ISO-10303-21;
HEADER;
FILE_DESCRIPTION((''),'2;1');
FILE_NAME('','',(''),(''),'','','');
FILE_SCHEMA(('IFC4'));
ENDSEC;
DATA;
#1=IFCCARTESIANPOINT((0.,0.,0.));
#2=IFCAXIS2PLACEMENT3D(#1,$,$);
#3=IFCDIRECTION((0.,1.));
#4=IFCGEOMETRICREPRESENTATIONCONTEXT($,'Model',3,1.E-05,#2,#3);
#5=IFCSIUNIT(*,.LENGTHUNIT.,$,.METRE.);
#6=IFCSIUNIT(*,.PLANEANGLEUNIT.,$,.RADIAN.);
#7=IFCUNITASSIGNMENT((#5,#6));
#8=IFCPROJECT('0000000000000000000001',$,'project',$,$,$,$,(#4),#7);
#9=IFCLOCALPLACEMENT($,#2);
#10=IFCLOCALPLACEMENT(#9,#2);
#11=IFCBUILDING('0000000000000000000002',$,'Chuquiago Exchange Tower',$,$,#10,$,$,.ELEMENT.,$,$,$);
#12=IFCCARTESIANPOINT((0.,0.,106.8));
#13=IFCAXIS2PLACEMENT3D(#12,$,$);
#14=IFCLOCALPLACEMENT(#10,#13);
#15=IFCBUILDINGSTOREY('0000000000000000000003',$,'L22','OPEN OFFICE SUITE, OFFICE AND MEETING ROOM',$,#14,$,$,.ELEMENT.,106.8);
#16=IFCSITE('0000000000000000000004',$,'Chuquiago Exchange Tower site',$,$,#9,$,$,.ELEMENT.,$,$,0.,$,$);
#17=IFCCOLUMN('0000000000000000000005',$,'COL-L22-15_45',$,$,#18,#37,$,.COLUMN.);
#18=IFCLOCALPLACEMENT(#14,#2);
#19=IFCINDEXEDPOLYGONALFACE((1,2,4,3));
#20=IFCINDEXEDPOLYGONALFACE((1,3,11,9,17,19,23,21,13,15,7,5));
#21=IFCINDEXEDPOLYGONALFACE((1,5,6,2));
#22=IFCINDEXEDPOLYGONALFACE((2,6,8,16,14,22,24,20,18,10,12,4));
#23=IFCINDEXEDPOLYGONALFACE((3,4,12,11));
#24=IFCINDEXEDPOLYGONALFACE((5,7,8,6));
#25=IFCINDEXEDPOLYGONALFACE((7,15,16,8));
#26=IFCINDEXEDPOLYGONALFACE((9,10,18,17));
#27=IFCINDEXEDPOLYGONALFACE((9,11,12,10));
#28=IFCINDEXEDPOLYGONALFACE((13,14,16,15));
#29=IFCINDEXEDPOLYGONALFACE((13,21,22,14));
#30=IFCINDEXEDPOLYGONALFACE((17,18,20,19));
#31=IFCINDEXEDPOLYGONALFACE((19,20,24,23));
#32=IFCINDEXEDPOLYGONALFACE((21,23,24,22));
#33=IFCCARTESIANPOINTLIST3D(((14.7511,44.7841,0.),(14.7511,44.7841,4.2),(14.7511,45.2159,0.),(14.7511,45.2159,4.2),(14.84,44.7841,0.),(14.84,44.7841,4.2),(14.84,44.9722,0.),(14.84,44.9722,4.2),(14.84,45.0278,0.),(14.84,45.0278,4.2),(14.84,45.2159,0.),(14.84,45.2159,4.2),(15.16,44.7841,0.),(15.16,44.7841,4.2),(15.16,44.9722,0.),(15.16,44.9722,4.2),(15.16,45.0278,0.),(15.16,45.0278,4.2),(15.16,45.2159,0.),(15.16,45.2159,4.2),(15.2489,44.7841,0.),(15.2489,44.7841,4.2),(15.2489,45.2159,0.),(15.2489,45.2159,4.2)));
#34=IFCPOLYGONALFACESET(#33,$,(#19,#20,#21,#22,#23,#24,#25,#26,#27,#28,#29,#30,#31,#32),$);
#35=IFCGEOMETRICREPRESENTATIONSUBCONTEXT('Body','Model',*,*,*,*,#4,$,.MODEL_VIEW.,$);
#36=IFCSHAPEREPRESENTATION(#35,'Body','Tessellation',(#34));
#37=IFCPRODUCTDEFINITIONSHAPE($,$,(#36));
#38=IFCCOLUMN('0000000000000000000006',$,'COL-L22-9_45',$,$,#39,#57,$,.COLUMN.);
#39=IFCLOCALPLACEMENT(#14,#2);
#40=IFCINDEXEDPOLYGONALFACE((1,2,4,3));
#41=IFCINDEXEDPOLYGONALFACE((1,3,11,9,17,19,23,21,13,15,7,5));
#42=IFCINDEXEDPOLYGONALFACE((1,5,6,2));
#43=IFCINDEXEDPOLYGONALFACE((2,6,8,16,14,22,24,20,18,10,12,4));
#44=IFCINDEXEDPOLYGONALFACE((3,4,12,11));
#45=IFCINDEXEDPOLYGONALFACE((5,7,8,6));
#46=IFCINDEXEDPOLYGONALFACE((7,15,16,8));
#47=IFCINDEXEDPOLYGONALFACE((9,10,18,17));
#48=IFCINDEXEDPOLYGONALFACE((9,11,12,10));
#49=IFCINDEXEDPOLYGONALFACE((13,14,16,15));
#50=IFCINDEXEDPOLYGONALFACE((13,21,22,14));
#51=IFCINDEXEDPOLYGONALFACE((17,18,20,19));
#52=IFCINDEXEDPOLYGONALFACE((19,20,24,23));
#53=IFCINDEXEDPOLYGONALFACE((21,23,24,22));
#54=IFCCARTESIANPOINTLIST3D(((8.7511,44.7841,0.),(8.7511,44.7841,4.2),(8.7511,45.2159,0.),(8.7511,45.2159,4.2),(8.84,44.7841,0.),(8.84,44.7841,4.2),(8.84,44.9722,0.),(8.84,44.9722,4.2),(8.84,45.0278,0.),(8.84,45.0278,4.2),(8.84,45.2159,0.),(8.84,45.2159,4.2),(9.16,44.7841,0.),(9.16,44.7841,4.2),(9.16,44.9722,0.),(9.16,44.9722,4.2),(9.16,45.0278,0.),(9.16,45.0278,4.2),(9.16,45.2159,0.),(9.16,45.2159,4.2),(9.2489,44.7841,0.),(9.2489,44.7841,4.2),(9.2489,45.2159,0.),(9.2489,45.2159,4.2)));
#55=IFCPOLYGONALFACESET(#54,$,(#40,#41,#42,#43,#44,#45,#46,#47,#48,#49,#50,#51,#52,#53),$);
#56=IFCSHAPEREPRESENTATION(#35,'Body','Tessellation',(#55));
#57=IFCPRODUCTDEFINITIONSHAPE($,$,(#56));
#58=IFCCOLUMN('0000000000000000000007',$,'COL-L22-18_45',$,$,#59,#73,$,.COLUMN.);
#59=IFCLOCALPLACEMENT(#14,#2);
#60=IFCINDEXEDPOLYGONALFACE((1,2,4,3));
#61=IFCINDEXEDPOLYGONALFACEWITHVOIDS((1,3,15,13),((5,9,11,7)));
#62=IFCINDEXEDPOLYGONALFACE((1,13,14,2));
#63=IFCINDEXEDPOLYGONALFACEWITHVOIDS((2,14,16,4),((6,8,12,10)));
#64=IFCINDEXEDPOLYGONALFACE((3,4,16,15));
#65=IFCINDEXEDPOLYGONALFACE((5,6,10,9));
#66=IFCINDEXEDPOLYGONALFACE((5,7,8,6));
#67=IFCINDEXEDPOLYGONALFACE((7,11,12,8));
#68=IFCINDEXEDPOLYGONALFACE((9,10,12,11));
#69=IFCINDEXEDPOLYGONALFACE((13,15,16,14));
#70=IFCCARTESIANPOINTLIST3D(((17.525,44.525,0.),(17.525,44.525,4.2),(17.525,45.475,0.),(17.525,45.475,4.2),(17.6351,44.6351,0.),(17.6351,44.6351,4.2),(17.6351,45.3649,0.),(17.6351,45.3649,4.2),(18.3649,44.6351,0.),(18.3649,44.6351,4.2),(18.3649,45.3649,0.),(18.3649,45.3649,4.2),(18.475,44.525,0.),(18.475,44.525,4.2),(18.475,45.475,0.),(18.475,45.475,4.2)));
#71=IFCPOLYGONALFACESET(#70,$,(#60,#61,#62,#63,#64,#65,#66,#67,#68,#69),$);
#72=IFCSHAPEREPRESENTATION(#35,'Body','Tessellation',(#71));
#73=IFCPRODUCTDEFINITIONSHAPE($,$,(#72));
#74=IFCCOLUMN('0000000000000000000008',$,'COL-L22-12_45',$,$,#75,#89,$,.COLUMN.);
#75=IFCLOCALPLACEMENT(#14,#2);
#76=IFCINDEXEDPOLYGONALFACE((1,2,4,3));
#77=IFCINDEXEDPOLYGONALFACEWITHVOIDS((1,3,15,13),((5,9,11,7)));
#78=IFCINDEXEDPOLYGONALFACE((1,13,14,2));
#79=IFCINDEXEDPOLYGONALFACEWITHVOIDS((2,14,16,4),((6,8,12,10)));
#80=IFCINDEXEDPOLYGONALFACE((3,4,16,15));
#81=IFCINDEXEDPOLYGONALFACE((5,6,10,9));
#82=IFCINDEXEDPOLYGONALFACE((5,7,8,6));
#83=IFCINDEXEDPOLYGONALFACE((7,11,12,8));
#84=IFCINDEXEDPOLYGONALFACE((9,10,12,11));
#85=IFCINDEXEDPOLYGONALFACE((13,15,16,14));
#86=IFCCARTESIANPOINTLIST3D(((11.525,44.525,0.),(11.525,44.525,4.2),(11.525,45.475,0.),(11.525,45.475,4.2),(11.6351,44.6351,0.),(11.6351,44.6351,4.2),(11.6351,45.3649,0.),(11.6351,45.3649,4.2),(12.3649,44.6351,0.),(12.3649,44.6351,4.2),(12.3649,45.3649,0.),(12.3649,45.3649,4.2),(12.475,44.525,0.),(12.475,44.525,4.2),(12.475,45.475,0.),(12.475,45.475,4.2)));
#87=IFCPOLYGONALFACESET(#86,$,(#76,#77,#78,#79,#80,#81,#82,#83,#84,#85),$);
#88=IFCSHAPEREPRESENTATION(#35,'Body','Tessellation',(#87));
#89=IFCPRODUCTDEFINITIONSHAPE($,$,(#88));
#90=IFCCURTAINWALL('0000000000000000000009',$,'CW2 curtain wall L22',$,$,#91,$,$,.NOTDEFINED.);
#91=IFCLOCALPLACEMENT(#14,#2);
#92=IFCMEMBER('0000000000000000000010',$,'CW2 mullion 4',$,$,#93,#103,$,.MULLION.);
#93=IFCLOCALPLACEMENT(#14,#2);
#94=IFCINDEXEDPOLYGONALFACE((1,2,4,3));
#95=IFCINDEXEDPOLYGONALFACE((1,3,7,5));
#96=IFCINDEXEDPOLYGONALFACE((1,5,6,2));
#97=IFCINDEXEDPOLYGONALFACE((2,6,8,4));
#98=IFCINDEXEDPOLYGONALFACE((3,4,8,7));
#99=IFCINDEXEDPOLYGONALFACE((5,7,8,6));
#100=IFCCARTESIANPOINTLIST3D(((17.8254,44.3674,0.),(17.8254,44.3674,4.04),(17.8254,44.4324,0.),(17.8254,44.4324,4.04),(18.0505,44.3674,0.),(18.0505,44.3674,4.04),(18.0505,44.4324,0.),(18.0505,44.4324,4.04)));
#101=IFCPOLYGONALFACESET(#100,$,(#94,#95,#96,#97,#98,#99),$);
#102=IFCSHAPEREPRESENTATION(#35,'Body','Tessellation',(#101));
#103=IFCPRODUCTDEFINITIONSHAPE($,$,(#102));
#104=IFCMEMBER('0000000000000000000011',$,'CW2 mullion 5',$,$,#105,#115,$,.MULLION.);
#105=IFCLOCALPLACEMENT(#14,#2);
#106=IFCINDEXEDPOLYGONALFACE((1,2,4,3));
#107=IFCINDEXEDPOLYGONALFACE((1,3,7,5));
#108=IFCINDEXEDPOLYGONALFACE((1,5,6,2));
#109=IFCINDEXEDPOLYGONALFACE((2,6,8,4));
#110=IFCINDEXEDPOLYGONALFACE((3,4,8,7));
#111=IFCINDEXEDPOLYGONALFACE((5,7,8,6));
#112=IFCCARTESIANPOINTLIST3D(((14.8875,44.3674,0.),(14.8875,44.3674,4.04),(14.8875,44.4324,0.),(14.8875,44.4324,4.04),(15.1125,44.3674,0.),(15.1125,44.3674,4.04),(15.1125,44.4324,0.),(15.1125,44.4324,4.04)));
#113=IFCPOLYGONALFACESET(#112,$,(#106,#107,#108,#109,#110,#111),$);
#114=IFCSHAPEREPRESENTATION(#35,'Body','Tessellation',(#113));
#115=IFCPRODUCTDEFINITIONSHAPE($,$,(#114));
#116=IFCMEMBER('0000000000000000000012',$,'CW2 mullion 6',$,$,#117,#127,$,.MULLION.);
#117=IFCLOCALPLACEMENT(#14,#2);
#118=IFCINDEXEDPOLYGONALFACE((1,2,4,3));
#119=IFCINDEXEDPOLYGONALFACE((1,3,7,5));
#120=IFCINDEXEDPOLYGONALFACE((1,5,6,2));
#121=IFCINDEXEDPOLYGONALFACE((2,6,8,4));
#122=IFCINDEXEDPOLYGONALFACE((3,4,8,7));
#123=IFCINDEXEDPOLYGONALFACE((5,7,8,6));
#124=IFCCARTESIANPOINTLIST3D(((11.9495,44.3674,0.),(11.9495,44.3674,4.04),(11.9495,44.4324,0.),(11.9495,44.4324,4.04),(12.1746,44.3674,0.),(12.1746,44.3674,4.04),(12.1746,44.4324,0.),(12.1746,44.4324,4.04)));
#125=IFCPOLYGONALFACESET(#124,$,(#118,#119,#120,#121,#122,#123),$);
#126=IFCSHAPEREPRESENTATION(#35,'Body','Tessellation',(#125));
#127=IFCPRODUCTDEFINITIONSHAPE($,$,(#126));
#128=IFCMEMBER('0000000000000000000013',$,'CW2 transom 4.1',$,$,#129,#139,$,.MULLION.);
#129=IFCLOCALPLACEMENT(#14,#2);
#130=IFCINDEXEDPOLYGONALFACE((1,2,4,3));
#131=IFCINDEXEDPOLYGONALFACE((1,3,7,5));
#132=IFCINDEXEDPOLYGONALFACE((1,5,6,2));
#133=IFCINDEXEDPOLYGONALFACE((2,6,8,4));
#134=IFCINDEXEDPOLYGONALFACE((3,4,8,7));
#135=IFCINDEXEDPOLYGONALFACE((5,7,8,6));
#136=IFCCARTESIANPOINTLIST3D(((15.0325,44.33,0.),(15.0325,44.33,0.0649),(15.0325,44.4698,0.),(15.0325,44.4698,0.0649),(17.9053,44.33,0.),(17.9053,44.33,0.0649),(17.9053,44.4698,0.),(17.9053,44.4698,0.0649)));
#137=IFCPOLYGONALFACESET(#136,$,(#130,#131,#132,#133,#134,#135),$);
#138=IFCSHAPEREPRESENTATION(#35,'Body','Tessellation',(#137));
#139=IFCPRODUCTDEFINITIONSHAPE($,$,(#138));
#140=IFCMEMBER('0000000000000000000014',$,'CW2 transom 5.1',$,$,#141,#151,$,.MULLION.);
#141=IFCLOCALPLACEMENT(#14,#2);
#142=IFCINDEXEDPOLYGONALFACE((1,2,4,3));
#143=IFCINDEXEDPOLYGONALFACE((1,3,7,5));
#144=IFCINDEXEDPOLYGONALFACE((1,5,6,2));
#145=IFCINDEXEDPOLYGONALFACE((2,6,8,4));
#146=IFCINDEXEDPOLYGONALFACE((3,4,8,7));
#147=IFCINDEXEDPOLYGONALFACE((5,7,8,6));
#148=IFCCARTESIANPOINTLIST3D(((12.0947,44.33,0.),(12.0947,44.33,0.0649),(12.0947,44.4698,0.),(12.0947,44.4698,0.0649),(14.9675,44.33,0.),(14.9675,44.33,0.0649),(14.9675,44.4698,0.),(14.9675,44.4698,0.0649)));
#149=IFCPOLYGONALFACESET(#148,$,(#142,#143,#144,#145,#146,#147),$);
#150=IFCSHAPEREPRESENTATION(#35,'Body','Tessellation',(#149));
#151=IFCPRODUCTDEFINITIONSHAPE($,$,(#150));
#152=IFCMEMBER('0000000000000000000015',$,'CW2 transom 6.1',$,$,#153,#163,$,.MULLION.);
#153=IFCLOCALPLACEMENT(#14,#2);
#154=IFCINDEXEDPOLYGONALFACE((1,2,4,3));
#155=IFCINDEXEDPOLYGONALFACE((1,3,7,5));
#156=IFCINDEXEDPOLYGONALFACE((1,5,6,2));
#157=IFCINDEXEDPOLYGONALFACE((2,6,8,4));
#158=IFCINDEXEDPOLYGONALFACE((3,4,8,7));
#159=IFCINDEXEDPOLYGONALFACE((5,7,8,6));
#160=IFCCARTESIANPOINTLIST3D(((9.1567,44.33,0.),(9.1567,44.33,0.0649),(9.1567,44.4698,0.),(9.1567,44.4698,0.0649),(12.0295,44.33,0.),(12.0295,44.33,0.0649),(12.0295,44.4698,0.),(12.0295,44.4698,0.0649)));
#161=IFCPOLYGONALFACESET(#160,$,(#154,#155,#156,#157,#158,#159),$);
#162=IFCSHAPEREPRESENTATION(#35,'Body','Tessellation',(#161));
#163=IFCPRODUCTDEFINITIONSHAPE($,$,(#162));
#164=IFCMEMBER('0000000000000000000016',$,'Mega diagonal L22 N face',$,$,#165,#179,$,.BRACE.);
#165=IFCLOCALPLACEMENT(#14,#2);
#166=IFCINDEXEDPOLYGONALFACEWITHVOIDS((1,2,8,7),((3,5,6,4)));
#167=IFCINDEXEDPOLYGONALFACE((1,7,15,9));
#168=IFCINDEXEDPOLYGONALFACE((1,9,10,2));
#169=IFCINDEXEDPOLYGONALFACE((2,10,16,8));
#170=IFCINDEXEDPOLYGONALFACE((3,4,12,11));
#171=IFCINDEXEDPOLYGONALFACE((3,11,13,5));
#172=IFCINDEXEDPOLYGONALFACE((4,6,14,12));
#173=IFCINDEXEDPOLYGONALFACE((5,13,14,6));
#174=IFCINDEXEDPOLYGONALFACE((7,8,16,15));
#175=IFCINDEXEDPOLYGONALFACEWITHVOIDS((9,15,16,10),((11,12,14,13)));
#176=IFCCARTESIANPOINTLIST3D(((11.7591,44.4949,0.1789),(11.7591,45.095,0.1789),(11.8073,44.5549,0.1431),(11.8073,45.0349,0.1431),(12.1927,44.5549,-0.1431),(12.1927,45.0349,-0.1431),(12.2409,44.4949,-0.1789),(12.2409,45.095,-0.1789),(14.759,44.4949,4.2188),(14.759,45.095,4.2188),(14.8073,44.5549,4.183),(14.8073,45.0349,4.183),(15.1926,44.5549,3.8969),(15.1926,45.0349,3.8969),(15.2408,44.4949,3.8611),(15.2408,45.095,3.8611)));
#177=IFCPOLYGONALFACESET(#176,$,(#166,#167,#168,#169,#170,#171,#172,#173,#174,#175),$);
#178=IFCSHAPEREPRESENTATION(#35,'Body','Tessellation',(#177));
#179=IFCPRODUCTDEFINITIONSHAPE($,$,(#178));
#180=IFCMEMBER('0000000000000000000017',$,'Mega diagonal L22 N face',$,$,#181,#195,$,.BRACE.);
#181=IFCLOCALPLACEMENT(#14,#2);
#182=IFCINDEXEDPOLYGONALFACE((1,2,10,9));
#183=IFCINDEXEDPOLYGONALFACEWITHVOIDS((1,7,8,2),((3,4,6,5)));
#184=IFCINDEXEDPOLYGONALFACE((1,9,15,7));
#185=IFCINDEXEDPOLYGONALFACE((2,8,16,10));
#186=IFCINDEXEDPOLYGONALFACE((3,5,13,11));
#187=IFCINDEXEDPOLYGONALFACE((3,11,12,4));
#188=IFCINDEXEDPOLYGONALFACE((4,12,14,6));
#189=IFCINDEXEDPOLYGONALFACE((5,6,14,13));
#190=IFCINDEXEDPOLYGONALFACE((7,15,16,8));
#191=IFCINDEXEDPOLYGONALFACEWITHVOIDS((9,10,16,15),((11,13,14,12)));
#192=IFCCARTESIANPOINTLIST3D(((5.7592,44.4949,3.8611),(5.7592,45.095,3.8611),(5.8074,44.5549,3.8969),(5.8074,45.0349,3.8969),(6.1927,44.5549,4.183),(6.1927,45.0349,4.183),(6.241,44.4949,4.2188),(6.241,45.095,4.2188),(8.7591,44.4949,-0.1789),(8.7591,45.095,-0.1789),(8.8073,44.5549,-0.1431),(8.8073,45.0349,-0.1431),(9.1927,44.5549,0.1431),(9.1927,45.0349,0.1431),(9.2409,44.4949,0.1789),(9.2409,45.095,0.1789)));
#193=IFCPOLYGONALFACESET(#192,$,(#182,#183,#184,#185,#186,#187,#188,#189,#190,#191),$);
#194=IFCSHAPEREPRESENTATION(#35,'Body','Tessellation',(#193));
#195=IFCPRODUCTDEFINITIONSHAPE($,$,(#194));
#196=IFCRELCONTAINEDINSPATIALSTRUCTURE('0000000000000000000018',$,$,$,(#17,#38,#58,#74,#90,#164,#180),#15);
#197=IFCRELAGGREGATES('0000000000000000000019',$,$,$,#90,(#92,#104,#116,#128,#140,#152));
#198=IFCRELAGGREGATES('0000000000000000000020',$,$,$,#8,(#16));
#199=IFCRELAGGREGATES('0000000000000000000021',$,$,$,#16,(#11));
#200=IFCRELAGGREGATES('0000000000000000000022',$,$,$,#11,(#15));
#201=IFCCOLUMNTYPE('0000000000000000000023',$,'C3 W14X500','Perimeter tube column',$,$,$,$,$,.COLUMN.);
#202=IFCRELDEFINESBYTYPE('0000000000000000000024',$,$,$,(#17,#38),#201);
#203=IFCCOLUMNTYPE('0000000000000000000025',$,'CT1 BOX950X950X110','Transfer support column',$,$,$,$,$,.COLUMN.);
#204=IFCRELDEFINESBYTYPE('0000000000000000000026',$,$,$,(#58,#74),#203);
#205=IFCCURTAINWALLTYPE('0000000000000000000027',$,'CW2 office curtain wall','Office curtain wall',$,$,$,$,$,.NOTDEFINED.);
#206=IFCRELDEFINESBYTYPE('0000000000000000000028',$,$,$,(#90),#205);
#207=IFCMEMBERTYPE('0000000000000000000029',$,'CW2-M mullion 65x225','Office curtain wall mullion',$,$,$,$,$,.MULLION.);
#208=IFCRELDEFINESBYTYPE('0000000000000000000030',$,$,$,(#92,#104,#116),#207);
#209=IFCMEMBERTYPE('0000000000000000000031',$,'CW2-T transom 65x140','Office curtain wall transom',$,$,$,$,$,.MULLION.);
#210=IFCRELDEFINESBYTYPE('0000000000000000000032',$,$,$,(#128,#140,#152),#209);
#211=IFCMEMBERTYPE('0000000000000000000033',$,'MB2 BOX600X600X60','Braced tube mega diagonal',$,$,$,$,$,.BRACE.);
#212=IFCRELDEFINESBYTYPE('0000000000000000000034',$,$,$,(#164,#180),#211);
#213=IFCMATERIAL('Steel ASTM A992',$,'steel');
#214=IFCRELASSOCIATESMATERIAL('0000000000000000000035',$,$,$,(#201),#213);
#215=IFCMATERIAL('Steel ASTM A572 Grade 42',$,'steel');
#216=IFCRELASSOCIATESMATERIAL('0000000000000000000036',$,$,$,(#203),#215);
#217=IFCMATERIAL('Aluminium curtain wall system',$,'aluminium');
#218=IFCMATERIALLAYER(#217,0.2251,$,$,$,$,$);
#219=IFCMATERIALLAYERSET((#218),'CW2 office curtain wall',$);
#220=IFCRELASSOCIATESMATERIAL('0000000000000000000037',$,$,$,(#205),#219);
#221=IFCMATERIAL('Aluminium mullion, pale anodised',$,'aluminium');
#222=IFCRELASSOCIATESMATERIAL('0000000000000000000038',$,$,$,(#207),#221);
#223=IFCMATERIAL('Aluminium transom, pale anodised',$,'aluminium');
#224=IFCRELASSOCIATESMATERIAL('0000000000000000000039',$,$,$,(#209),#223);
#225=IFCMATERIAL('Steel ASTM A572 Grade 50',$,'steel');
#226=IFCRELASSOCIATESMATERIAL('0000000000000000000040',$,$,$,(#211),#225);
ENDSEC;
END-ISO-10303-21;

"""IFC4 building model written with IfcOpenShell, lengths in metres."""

from ifc_helpers import new_model, si_unit, direction, frame, origin, origin_2d, place, context, subcontext, project, spatial, rectangle, hollow_rectangle, i_section, extrude, material, layer, layer_set, material_profile, profile_set, type_object, element, aggregate, save


model = new_model("IFC4")

# Units and contexts
model_context = context("Model", 3, precision=1e-05, world=origin(), true_north=direction((0.0, 1.0)))
body_context = subcontext(model_context, "Body", "Model", "MODEL_VIEW")
ifc_project = project(units=[si_unit("LENGTHUNIT", "METRE"), si_unit("PLANEANGLEUNIT", "RADIAN")], contexts=[model_context])

# Site, building, storey
site_placement = place(None, origin())
site = spatial("IfcSite", under=ifc_project, at=site_placement, Name="Chuquiago Exchange Tower site", CompositionType="ELEMENT", RefElevation=0.0)
building_placement = place(site_placement, origin())
building = spatial("IfcBuilding", under=site, at=building_placement, Name="Chuquiago Exchange Tower", CompositionType="ELEMENT")
storey_placement = place(building_placement, frame((0.0, 0.0, 106.8)))
storey = spatial("IfcBuildingStorey", under=building, at=storey_placement, Name="L22", Description="OPEN OFFICE SUITE, OFFICE AND MEETING ROOM", CompositionType="ELEMENT", Elevation=106.8)

# Columns
ifc_material_1 = material(Name="Steel ASTM A992", Category="steel")
ifc_material_profile_1 = material_profile(ifc_material_1, i_section(OverallWidth=0.4319, OverallDepth=0.4978, WebThickness=0.0557, FlangeThickness=0.0889, at=origin_2d()), Name="W14X500")
ifc_profile_set_1 = profile_set([ifc_material_profile_1], Name="Steel ASTM A992")
column_type_1 = type_object("IfcColumnType", Name="C3 W14X500", Description="Perimeter tube column", PredefinedType="COLUMN", material=ifc_profile_set_1)
for number, where, z_axis, x_axis, name in (
    (1, (15.0, 45.0, 0.0), (0.0, 0.0, 1.0), (0.0, 1.0, 0.0), "COL-L22-15_45"),
    (2, (9.0, 45.0, 0.0), (0.0, 0.0, 1.0), (0.0, 1.0, 0.0), "COL-L22-9_45"),
):
    element("IfcColumn", number, at=place(storey_placement, frame(where, z_axis=z_axis, x_axis=x_axis)), inside=storey, type_object=column_type_1, Name=name, PredefinedType="COLUMN", context=body_context, shape_type="SweptSolid", body=[
        extrude(i_section(OverallWidth=0.4319, OverallDepth=0.4978, WebThickness=0.0557, FlangeThickness=0.0889, at=origin_2d()), origin(), (0.0, 0.0, 1.0), 4.2),
    ])
ifc_material_2 = material(Name="Steel ASTM A572 Grade 42", Category="steel")
ifc_material_profile_2 = material_profile(ifc_material_2, hollow_rectangle(XDim=0.95, YDim=0.95, WallThickness=0.1101, at=origin_2d()), Name="BOX950X950X110")
ifc_profile_set_2 = profile_set([ifc_material_profile_2], Name="Steel ASTM A572 Grade 42")
column_type_2 = type_object("IfcColumnType", Name="CT1 BOX950X950X110", Description="Transfer support column", PredefinedType="COLUMN", material=ifc_profile_set_2)
for number, where, z_axis, x_axis, name in (
    (3, (18.0, 45.0, 0.0), (0.0, 0.0, 1.0), (0.0, 1.0, 0.0), "COL-L22-18_45"),
    (4, (12.0, 45.0, 0.0), (0.0, 0.0, 1.0), (0.0, 1.0, 0.0), "COL-L22-12_45"),
):
    element("IfcColumn", number, at=place(storey_placement, frame(where, z_axis=z_axis, x_axis=x_axis)), inside=storey, type_object=column_type_2, Name=name, PredefinedType="COLUMN", context=body_context, shape_type="SweptSolid", body=[
        extrude(hollow_rectangle(XDim=0.95, YDim=0.95, WallThickness=0.1101, at=origin_2d()), origin(), (0.0, 0.0, 1.0), 4.2),
    ])

# Curtain wall, members
ifc_material_3 = material(Name="Aluminium curtain wall system", Category="aluminium")
ifc_layer_1 = layer(ifc_material_3, 0.2251)
ifc_layer_set_1 = layer_set([ifc_layer_1], Name="CW2 office curtain wall")
curtain_wall_type = type_object("IfcCurtainWallType", Name="CW2 office curtain wall", Description="Office curtain wall", PredefinedType="NOTDEFINED", material=ifc_layer_set_1)
curtain_wall_placement = place(storey_placement, origin())
curtain_wall = element("IfcCurtainWall", 5, at=curtain_wall_placement, inside=storey, type_object=curtain_wall_type, Name="CW2 curtain wall L22", PredefinedType="NOTDEFINED")
ifc_material_4 = material(Name="Aluminium mullion, pale anodised", Category="aluminium")
ifc_material_profile_3 = material_profile(ifc_material_4, rectangle(XDim=0.0649, YDim=0.2251, at=origin_2d()), Name="AL 65x225")
ifc_profile_set_3 = profile_set([ifc_material_profile_3], Name="Aluminium mullion, pale anodised")
member_type_1 = type_object("IfcMemberType", Name="CW2-M mullion 65x225", Description="Office curtain wall mullion", PredefinedType="MULLION", material=ifc_profile_set_3)
member_1_placement = place(storey_placement, frame((17.938, 44.3999, 0.0), z_axis=(0.0, 0.0, 1.0), x_axis=(0.0, -1.0, 0.0)))
member_1 = element("IfcMember", 6, at=member_1_placement, type_object=member_type_1, Name="CW2 mullion 4", PredefinedType="MULLION", context=body_context, shape_type="SweptSolid", body=[
    extrude(rectangle(XDim=0.0649, YDim=0.2251, at=origin_2d()), origin(), (0.0, 0.0, 1.0), 4.04),
])
member_2_placement = place(storey_placement, frame((15.0, 44.3999, 0.0), z_axis=(0.0, 0.0, 1.0), x_axis=(0.0, -1.0, 0.0)))
member_2 = element("IfcMember", 7, at=member_2_placement, type_object=member_type_1, Name="CW2 mullion 5", PredefinedType="MULLION", context=body_context, shape_type="SweptSolid", body=[
    extrude(rectangle(XDim=0.0649, YDim=0.2251, at=origin_2d()), origin(), (0.0, 0.0, 1.0), 4.04),
])
member_3_placement = place(storey_placement, frame((12.062, 44.3999, 0.0), z_axis=(0.0, 0.0, 1.0), x_axis=(0.0, -1.0, 0.0)))
member_3 = element("IfcMember", 8, at=member_3_placement, type_object=member_type_1, Name="CW2 mullion 6", PredefinedType="MULLION", context=body_context, shape_type="SweptSolid", body=[
    extrude(rectangle(XDim=0.0649, YDim=0.2251, at=origin_2d()), origin(), (0.0, 0.0, 1.0), 4.04),
])
ifc_material_5 = material(Name="Aluminium transom, pale anodised", Category="aluminium")
ifc_material_profile_4 = material_profile(ifc_material_5, rectangle(XDim=0.1399, YDim=0.0649, at=origin_2d()), Name="AL 140x65")
ifc_profile_set_4 = profile_set([ifc_material_profile_4], Name="Aluminium transom, pale anodised")
member_type_2 = type_object("IfcMemberType", Name="CW2-T transom 65x140", Description="Office curtain wall transom", PredefinedType="MULLION", material=ifc_profile_set_4)
member_4_placement = place(storey_placement, frame((17.9053, 44.3999, 0.0325), z_axis=(-1.0, 0.0, 0.0), x_axis=(0.0, -1.0, 0.0)))
member_4 = element("IfcMember", 9, at=member_4_placement, type_object=member_type_2, Name="CW2 transom 4.1", PredefinedType="MULLION", context=body_context, shape_type="SweptSolid", body=[
    extrude(rectangle(XDim=0.1399, YDim=0.0649, at=origin_2d()), origin(), (0.0, 0.0, 1.0), 2.8728),
])
member_5_placement = place(storey_placement, frame((14.9675, 44.3999, 0.0325), z_axis=(-1.0, 0.0, 0.0), x_axis=(0.0, -1.0, 0.0)))
member_5 = element("IfcMember", 10, at=member_5_placement, type_object=member_type_2, Name="CW2 transom 5.1", PredefinedType="MULLION", context=body_context, shape_type="SweptSolid", body=[
    extrude(rectangle(XDim=0.1399, YDim=0.0649, at=origin_2d()), origin(), (0.0, 0.0, 1.0), 2.8728),
])
member_6_placement = place(storey_placement, frame((12.0295, 44.3999, 0.0325), z_axis=(-1.0, 0.0, 0.0), x_axis=(0.0, -1.0, 0.0)))
member_6 = element("IfcMember", 11, at=member_6_placement, type_object=member_type_2, Name="CW2 transom 6.1", PredefinedType="MULLION", context=body_context, shape_type="SweptSolid", body=[
    extrude(rectangle(XDim=0.1399, YDim=0.0649, at=origin_2d()), origin(), (0.0, 0.0, 1.0), 2.8728),
])

# Members
ifc_material_6 = material(Name="Steel ASTM A572 Grade 50", Category="steel")
ifc_material_profile_5 = material_profile(ifc_material_6, hollow_rectangle(XDim=0.6001, YDim=0.6001, WallThickness=0.0601, at=origin_2d()), Name="BOX600X600X60")
ifc_profile_set_5 = profile_set([ifc_material_profile_5], Name="Steel ASTM A572 Grade 50")
member_type_3 = type_object("IfcMemberType", Name="MB2 BOX600X600X60", Description="Braced tube mega diagonal", PredefinedType="BRACE", material=ifc_profile_set_5)
for number, where, z_axis, x_axis, name in (
    (12, (12.0, 44.7949, 0.0), (0.596174, 0.0, 0.802855), (0.0, 1.0, 0.0), "Mega diagonal L22 N face"),
    (13, (9.0, 44.7949, 0.0), (-0.596174, 0.0, 0.802855), (0.0, -1.0, 0.0), "Mega diagonal L22 N face"),
):
    element("IfcMember", number, at=place(storey_placement, frame(where, z_axis=z_axis, x_axis=x_axis)), inside=storey, type_object=member_type_3, Name=name, PredefinedType="BRACE", context=body_context, shape_type="SweptSolid", body=[
        extrude(hollow_rectangle(XDim=0.6001, YDim=0.6001, WallThickness=0.0601, at=origin_2d()), origin(), (0.0, 0.0, 1.0), 5.032),
    ])

aggregate(curtain_wall, [member_1, member_2, member_3, member_4, member_5, member_6])

save(model, "model.ifc")
